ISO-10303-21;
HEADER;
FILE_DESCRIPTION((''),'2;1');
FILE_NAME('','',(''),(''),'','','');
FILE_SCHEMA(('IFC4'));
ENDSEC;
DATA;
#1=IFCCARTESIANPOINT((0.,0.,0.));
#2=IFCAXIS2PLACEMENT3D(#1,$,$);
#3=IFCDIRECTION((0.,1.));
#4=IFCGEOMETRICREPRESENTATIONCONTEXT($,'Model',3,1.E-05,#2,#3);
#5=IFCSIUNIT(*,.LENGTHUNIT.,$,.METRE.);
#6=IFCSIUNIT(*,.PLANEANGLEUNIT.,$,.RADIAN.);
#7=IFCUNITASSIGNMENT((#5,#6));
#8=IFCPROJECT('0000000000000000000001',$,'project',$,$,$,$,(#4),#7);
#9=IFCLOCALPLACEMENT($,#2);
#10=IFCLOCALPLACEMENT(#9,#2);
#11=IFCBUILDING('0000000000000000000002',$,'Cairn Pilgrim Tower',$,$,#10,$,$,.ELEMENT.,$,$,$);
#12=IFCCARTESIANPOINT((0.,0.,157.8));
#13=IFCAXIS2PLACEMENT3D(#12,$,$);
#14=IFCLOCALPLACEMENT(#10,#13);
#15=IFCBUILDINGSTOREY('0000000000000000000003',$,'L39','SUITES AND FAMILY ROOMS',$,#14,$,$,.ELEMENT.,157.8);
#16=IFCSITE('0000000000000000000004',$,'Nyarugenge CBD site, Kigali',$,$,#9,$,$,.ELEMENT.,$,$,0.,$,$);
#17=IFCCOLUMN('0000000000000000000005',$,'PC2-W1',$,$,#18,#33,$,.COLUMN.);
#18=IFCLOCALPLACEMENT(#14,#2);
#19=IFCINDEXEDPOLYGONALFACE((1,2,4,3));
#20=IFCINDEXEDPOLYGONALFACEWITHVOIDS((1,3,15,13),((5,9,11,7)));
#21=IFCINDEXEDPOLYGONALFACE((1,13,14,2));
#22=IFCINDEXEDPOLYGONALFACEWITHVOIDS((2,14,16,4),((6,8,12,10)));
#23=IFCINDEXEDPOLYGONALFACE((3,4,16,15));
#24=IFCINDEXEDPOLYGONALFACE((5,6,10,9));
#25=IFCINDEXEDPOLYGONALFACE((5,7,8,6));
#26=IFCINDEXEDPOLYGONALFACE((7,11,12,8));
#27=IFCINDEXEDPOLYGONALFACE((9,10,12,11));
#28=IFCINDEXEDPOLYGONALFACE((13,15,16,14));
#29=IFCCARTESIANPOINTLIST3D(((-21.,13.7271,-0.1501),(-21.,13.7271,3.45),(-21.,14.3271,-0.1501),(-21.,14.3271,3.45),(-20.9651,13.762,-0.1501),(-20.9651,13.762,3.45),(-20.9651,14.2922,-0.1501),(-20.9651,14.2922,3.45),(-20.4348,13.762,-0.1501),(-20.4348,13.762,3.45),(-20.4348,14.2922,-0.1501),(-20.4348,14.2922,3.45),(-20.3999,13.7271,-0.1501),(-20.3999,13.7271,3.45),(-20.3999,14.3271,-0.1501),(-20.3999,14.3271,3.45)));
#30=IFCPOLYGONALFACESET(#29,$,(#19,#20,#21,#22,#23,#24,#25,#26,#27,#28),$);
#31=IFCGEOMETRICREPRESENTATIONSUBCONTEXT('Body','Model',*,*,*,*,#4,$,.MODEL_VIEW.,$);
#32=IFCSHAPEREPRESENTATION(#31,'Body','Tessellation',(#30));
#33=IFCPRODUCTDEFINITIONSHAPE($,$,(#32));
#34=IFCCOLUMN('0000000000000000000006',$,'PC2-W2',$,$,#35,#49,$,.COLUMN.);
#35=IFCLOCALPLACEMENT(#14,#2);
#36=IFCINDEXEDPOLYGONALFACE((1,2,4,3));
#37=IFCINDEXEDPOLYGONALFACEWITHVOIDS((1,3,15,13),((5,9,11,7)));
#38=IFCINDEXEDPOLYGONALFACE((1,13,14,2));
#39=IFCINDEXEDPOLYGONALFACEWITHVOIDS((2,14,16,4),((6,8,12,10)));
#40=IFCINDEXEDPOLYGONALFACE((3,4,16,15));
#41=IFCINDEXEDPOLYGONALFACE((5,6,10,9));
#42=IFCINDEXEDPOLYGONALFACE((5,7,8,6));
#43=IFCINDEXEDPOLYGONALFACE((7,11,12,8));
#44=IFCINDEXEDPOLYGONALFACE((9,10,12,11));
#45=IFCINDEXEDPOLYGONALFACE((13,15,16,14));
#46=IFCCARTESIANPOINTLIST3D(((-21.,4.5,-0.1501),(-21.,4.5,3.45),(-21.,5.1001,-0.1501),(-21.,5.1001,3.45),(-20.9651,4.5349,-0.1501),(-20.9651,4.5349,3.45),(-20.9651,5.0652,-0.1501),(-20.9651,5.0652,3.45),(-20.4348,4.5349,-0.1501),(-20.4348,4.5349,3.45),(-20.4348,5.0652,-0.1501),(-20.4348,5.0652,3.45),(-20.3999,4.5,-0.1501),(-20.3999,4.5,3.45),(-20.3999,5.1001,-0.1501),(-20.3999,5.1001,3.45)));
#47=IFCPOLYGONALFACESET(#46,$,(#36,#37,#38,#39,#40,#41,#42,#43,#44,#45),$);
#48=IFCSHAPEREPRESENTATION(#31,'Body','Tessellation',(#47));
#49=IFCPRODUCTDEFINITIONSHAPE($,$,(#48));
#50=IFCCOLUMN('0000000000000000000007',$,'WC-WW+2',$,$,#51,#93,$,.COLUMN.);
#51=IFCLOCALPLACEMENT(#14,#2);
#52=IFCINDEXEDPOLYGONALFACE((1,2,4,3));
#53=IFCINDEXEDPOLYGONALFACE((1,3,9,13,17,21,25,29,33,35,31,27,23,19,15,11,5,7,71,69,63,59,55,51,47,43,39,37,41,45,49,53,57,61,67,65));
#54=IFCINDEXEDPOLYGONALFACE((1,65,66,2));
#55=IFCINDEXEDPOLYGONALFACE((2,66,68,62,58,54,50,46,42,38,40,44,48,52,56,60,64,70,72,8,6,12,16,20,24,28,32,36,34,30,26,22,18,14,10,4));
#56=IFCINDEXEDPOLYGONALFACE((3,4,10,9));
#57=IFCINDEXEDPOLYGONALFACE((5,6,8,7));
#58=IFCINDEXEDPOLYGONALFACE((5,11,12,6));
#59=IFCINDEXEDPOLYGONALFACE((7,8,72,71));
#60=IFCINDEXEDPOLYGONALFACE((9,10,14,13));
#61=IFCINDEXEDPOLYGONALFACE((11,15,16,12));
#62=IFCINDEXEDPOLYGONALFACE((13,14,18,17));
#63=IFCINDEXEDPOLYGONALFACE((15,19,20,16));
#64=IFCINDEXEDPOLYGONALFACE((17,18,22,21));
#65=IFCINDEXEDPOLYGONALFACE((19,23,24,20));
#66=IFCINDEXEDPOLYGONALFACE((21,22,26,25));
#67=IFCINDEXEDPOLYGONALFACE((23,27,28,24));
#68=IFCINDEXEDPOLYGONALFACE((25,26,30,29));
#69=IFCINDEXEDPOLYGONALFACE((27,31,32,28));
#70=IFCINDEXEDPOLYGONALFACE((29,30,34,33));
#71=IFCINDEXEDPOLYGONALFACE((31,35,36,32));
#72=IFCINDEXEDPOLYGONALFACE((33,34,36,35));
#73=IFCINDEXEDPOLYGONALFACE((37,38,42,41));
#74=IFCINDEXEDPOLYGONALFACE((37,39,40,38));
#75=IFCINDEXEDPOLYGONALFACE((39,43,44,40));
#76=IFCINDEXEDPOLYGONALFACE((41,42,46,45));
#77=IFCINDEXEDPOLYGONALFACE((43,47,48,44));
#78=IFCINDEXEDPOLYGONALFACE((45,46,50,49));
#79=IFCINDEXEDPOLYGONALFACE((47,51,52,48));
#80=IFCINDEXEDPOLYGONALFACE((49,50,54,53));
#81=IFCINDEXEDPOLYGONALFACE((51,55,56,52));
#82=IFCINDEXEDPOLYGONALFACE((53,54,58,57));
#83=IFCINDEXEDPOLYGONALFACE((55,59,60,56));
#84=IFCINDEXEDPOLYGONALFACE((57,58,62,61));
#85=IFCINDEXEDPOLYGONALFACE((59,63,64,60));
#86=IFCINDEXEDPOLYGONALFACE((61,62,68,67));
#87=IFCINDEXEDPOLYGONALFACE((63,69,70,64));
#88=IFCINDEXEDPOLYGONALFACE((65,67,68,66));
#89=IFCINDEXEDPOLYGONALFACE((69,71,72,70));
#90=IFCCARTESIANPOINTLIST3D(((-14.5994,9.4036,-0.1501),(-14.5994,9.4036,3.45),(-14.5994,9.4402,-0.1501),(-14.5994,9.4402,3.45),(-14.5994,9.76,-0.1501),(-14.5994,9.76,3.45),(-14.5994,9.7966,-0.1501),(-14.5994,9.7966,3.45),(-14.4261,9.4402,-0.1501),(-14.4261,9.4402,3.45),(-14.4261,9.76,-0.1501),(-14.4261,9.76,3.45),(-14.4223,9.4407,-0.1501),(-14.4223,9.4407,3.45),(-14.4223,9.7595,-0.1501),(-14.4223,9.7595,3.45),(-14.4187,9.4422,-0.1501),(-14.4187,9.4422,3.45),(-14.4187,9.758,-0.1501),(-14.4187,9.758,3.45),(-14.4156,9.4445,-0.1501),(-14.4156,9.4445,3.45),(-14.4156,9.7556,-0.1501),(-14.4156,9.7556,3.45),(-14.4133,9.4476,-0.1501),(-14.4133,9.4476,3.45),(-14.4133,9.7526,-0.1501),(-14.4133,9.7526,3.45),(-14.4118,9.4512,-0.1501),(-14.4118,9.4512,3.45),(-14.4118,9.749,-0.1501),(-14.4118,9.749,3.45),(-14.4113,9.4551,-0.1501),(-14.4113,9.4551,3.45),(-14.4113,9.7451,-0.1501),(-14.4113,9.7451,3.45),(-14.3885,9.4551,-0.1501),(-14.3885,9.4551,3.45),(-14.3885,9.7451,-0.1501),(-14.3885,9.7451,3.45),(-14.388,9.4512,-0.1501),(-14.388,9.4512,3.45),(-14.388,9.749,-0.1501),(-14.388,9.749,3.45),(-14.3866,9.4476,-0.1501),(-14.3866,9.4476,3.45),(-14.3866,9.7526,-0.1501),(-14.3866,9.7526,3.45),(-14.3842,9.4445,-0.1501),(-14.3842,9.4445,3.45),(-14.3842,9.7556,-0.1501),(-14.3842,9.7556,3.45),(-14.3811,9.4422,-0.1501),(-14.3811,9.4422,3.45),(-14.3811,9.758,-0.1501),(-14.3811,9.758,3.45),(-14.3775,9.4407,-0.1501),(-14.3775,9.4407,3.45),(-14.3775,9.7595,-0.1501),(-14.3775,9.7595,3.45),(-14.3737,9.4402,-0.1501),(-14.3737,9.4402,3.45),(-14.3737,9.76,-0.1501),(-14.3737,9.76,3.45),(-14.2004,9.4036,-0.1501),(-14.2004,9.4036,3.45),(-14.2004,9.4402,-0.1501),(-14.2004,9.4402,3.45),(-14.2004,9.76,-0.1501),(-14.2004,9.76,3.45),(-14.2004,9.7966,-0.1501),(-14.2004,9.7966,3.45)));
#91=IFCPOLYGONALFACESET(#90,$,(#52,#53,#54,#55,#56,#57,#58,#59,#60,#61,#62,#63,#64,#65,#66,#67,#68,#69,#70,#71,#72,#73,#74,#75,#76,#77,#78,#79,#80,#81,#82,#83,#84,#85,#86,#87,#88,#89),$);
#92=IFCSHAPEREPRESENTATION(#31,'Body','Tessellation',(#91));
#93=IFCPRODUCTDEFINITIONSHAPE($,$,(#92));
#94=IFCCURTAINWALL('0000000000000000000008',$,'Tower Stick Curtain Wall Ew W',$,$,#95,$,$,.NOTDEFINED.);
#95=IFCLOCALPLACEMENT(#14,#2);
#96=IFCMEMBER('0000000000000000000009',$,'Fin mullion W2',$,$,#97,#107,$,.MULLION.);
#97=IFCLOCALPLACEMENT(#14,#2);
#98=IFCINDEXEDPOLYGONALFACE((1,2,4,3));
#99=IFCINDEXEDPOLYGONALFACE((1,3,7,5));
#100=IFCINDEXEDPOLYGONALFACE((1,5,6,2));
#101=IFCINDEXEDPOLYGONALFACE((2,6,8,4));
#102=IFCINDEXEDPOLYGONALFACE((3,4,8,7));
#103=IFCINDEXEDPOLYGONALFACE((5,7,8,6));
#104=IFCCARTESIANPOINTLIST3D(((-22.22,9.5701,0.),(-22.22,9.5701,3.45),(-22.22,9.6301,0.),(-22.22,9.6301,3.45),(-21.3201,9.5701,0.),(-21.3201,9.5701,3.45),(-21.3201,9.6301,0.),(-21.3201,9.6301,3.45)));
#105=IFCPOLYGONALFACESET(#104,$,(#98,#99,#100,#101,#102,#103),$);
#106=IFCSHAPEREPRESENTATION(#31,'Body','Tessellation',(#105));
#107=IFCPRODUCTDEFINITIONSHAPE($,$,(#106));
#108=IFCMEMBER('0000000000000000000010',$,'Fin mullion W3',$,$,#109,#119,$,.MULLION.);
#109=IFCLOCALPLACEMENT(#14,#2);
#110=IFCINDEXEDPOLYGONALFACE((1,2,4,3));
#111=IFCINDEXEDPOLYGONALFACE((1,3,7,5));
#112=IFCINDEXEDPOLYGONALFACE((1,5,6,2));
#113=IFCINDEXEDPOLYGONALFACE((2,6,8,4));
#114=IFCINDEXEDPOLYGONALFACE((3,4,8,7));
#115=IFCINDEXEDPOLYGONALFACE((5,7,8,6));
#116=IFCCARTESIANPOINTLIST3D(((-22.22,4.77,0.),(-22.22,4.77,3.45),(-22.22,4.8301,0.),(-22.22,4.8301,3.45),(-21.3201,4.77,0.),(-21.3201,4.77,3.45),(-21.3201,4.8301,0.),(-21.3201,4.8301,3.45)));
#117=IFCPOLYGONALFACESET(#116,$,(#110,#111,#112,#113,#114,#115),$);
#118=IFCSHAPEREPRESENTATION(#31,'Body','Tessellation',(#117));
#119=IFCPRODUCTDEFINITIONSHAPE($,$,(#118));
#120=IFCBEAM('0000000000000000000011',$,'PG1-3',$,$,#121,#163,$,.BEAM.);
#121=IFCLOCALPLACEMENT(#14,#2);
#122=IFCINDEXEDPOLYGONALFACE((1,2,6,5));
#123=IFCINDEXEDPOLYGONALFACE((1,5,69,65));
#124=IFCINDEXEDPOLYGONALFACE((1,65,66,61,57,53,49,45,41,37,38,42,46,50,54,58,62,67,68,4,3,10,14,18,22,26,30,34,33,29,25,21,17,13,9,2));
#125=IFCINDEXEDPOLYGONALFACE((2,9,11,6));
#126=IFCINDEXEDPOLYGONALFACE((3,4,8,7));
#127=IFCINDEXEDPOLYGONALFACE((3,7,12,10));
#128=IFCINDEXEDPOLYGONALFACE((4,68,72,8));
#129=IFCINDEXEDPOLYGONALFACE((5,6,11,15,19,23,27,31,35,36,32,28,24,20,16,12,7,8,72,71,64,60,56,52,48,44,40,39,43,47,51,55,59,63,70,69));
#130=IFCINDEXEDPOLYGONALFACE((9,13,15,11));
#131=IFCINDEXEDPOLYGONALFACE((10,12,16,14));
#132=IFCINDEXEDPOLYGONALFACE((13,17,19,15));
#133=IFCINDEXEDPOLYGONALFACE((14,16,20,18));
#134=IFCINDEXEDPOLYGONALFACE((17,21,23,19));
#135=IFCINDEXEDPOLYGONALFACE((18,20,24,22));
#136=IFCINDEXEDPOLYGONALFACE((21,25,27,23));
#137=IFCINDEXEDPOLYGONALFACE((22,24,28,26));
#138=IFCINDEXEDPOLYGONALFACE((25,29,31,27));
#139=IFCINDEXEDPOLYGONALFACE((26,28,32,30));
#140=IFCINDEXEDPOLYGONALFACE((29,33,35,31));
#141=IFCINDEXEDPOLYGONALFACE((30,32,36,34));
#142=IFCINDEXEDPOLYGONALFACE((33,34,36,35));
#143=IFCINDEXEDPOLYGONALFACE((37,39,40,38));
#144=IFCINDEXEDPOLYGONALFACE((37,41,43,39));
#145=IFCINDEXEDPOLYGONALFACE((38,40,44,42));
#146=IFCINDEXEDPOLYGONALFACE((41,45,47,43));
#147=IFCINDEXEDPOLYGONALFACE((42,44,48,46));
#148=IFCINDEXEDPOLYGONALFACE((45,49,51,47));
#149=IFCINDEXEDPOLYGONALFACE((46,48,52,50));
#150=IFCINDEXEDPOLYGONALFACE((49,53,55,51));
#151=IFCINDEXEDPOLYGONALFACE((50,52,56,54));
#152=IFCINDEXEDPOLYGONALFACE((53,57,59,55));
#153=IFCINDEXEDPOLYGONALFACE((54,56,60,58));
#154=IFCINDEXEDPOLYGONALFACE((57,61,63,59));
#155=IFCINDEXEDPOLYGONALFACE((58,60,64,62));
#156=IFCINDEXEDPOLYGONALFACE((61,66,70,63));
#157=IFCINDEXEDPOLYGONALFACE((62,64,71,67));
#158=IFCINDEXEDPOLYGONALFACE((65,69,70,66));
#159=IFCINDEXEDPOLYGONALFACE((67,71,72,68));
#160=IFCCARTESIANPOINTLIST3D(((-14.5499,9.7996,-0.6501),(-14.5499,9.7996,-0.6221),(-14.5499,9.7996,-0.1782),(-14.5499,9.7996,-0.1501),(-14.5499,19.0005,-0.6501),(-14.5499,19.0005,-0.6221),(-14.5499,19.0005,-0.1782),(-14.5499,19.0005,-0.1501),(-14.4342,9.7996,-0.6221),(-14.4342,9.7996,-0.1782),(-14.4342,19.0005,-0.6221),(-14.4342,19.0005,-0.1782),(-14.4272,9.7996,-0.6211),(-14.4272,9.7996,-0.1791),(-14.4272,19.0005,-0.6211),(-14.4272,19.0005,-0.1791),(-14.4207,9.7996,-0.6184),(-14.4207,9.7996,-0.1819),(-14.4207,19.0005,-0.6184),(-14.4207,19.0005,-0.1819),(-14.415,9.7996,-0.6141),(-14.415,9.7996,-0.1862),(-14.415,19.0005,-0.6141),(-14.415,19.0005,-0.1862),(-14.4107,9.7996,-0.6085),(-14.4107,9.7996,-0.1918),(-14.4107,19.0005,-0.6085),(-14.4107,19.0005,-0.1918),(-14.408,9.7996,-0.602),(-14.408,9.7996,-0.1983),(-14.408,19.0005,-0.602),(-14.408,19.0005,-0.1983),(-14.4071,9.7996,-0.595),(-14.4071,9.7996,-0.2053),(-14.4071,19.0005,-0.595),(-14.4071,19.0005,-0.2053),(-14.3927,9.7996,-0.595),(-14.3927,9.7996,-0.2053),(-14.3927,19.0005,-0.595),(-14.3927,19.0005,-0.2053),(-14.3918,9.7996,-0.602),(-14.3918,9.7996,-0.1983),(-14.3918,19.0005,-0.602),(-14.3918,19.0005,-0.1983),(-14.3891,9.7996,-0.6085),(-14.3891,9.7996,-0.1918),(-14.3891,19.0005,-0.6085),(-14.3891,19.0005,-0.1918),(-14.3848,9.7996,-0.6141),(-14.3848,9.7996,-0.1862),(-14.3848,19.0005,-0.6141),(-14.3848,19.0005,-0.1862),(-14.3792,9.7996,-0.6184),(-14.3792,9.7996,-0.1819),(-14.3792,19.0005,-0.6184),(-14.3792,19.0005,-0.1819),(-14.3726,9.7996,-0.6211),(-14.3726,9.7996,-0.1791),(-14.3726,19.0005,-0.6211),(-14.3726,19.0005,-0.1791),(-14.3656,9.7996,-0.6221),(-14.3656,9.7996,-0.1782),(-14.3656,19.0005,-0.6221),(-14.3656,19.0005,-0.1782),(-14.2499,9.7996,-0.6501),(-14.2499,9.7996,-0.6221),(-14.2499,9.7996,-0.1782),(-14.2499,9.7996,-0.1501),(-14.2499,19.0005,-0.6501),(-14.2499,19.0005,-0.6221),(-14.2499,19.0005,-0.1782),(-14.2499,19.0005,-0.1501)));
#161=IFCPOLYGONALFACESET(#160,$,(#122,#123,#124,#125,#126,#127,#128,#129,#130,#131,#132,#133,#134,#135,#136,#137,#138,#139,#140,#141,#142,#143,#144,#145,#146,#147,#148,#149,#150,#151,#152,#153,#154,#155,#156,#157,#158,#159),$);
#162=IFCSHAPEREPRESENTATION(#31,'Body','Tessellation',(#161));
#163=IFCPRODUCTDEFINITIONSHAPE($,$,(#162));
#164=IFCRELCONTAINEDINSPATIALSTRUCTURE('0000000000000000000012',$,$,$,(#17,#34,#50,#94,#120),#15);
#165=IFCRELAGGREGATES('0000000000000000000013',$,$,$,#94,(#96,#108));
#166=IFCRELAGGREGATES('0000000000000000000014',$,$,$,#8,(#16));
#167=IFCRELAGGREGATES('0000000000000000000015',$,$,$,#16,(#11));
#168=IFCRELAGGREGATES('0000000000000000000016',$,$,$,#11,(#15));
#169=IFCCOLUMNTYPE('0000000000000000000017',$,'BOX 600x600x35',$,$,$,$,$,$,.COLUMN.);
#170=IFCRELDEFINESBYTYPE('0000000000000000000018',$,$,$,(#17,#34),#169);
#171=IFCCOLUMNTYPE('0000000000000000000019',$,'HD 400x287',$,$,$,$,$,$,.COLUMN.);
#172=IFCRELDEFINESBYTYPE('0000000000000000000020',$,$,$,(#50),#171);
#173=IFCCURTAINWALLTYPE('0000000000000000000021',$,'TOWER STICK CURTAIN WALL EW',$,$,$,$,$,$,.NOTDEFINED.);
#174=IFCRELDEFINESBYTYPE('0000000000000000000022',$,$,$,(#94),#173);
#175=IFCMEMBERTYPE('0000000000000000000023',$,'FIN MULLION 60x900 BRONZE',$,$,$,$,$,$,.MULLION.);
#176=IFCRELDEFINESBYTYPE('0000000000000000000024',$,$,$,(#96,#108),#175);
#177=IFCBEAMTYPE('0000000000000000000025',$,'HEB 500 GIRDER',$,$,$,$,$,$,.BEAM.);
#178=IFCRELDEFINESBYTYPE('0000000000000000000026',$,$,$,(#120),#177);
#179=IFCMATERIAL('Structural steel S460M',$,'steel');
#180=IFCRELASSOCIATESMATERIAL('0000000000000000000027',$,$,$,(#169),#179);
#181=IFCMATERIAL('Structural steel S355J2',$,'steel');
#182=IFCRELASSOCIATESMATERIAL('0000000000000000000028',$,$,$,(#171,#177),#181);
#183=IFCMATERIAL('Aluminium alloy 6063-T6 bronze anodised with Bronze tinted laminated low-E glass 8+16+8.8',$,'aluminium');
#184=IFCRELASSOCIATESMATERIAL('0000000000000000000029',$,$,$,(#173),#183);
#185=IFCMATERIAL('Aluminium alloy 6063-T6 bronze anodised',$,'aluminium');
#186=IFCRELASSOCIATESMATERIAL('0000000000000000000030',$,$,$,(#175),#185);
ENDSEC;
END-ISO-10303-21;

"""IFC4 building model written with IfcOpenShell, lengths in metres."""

from ifc_helpers import new_model, si_unit, direction, frame, origin, origin_2d, place, context, subcontext, project, spatial, rectangle, hollow_rectangle, i_section, extrude, material, material_profile, profile_set, type_object, element, aggregate, save


model = new_model("IFC4")

# Units and contexts
model_context = context("Model", 3, precision=1e-05, world=origin(), true_north=direction((0.0, 1.0)))
body_context = subcontext(model_context, "Body", "Model", "MODEL_VIEW")
ifc_project = project(units=[si_unit("LENGTHUNIT", "METRE"), si_unit("PLANEANGLEUNIT", "RADIAN")], contexts=[model_context])

# Site, building, storey
site_placement = place(None, origin())
site = spatial("IfcSite", under=ifc_project, at=site_placement, Name="Nyarugenge CBD site, Kigali", CompositionType="ELEMENT", RefElevation=0.0)
building_placement = place(site_placement, origin())
building = spatial("IfcBuilding", under=site, at=building_placement, Name="Cairn Pilgrim Tower", CompositionType="ELEMENT")
storey_placement = place(building_placement, frame((0.0, 0.0, 157.8)))
storey = spatial("IfcBuildingStorey", under=building, at=storey_placement, Name="L39", Description="SUITES AND FAMILY ROOMS", CompositionType="ELEMENT", Elevation=157.8)

# Columns
ifc_material_1 = material(Name="Structural steel S460M", Category="steel")
ifc_material_profile_1 = material_profile(ifc_material_1, hollow_rectangle(XDim=0.6001, YDim=0.6001, WallThickness=0.0349, at=origin_2d()), Name="BOX 600x600x35")
ifc_profile_set_1 = profile_set([ifc_material_profile_1], Name="Structural steel S460M")
column_type_1 = type_object("IfcColumnType", Name="BOX 600x600x35", PredefinedType="COLUMN", material=ifc_profile_set_1)
for number, where, z_axis, x_axis, name in (
    (1, (-20.7, 14.0271, -0.1501), (0.0, 0.0, 1.0), (1.0, 0.0, 0.0), "PC2-W1"),
    (2, (-20.7, 4.8, -0.1501), (0.0, 0.0, 1.0), (1.0, 0.0, 0.0), "PC2-W2"),
):
    element("IfcColumn", number, at=place(storey_placement, frame(where, z_axis=z_axis, x_axis=x_axis)), inside=storey, type_object=column_type_1, Name=name, PredefinedType="COLUMN", context=body_context, shape_type="SweptSolid", body=[
        extrude(hollow_rectangle(XDim=0.6001, YDim=0.6001, WallThickness=0.0349, at=origin_2d()), origin(), (0.0, 0.0, 1.0), 3.6001),
    ])
ifc_material_2 = material(Name="Structural steel S355J2", Category="steel")
ifc_material_profile_2 = material_profile(ifc_material_2, i_section(OverallWidth=0.3989, OverallDepth=0.3931, WebThickness=0.0227, FlangeThickness=0.0366, FilletRadius=0.0149, at=origin_2d()), Name="HD 400x287")
ifc_profile_set_2 = profile_set([ifc_material_profile_2], Name="Structural steel S355J2")
column_type_2 = type_object("IfcColumnType", Name="HD 400x287", PredefinedType="COLUMN", material=ifc_profile_set_2)
column_placement = place(storey_placement, frame((-14.3999, 9.6001, -0.1501), z_axis=(0.0, 0.0, 1.0), x_axis=(1.0, 0.0, 0.0)))
element("IfcColumn", 3, at=column_placement, inside=storey, type_object=column_type_2, Name="WC-WW+2", PredefinedType="COLUMN", context=body_context, shape_type="SweptSolid", body=[
    extrude(i_section(OverallWidth=0.3989, OverallDepth=0.3931, WebThickness=0.0227, FlangeThickness=0.0366, FilletRadius=0.0149, at=origin_2d()), origin(), (0.0, 0.0, 1.0), 3.6001),
])

# Curtain wall, members
ifc_material_3 = material(Name="Aluminium alloy 6063-T6 bronze anodised with Bronze tinted laminated low-E glass 8+16+8.8", Category="aluminium")
curtain_wall_type = type_object("IfcCurtainWallType", Name="TOWER STICK CURTAIN WALL EW", PredefinedType="NOTDEFINED", material=ifc_material_3)
curtain_wall_placement = place(storey_placement, origin())
curtain_wall = element("IfcCurtainWall", 4, at=curtain_wall_placement, inside=storey, type_object=curtain_wall_type, Name="Tower Stick Curtain Wall Ew W", PredefinedType="NOTDEFINED")
ifc_material_4 = material(Name="Aluminium alloy 6063-T6 bronze anodised", Category="aluminium")
ifc_material_profile_3 = material_profile(ifc_material_4, rectangle(XDim=0.8999, YDim=0.0601, at=origin_2d()), Name="FIN MULLION 60x900 BRONZE")
ifc_profile_set_3 = profile_set([ifc_material_profile_3], Name="Aluminium alloy 6063-T6 bronze anodised")
member_type_1 = type_object("IfcMemberType", Name="FIN MULLION 60x900 BRONZE", PredefinedType="MULLION", material=ifc_profile_set_3)
member_1_placement = place(storey_placement, frame((-21.77, 9.6001, 0.0), z_axis=(0.0, 0.0, 1.0), x_axis=(-1.0, 0.0, 0.0)))
member_1 = element("IfcMember", 5, at=member_1_placement, type_object=member_type_1, Name="Fin mullion W2", PredefinedType="MULLION", context=body_context, shape_type="SweptSolid", body=[
    extrude(rectangle(XDim=0.8999, YDim=0.0601, at=origin_2d()), origin(), (0.0, 0.0, 1.0), 3.45),
])
member_2_placement = place(storey_placement, frame((-21.77, 4.8, 0.0), z_axis=(0.0, 0.0, 1.0), x_axis=(-1.0, 0.0, 0.0)))
member_2 = element("IfcMember", 6, at=member_2_placement, type_object=member_type_1, Name="Fin mullion W3", PredefinedType="MULLION", context=body_context, shape_type="SweptSolid", body=[
    extrude(rectangle(XDim=0.8999, YDim=0.0601, at=origin_2d()), origin(), (0.0, 0.0, 1.0), 3.45),
])

# Beam
ifc_material_profile_4 = material_profile(ifc_material_2, i_section(OverallWidth=0.3, OverallDepth=0.5, WebThickness=0.0144, FlangeThickness=0.0281, FilletRadius=0.0271, at=origin_2d()), Name="HEB 500")
ifc_profile_set_4 = profile_set([ifc_material_profile_4], Name="Structural steel S355J2")
beam_type_1 = type_object("IfcBeamType", Name="HEB 500 GIRDER", PredefinedType="BEAM", material=ifc_profile_set_4)
beam_1_placement = place(storey_placement, frame((-14.3999, 9.7996, -0.4001), z_axis=(0.0, 1.0, 0.0), x_axis=(-1.0, 0.0, 0.0)))
element("IfcBeam", 7, at=beam_1_placement, inside=storey, type_object=beam_type_1, Name="PG1-3", PredefinedType="BEAM", context=body_context, shape_type="SweptSolid", body=[
    extrude(i_section(OverallWidth=0.3, OverallDepth=0.5, WebThickness=0.0144, FlangeThickness=0.0281, FilletRadius=0.0271, at=origin_2d()), origin(), (0.0, 0.0, 1.0), 9.2009),
])

aggregate(curtain_wall, [member_1, member_2])

save(model, "model.ifc")
